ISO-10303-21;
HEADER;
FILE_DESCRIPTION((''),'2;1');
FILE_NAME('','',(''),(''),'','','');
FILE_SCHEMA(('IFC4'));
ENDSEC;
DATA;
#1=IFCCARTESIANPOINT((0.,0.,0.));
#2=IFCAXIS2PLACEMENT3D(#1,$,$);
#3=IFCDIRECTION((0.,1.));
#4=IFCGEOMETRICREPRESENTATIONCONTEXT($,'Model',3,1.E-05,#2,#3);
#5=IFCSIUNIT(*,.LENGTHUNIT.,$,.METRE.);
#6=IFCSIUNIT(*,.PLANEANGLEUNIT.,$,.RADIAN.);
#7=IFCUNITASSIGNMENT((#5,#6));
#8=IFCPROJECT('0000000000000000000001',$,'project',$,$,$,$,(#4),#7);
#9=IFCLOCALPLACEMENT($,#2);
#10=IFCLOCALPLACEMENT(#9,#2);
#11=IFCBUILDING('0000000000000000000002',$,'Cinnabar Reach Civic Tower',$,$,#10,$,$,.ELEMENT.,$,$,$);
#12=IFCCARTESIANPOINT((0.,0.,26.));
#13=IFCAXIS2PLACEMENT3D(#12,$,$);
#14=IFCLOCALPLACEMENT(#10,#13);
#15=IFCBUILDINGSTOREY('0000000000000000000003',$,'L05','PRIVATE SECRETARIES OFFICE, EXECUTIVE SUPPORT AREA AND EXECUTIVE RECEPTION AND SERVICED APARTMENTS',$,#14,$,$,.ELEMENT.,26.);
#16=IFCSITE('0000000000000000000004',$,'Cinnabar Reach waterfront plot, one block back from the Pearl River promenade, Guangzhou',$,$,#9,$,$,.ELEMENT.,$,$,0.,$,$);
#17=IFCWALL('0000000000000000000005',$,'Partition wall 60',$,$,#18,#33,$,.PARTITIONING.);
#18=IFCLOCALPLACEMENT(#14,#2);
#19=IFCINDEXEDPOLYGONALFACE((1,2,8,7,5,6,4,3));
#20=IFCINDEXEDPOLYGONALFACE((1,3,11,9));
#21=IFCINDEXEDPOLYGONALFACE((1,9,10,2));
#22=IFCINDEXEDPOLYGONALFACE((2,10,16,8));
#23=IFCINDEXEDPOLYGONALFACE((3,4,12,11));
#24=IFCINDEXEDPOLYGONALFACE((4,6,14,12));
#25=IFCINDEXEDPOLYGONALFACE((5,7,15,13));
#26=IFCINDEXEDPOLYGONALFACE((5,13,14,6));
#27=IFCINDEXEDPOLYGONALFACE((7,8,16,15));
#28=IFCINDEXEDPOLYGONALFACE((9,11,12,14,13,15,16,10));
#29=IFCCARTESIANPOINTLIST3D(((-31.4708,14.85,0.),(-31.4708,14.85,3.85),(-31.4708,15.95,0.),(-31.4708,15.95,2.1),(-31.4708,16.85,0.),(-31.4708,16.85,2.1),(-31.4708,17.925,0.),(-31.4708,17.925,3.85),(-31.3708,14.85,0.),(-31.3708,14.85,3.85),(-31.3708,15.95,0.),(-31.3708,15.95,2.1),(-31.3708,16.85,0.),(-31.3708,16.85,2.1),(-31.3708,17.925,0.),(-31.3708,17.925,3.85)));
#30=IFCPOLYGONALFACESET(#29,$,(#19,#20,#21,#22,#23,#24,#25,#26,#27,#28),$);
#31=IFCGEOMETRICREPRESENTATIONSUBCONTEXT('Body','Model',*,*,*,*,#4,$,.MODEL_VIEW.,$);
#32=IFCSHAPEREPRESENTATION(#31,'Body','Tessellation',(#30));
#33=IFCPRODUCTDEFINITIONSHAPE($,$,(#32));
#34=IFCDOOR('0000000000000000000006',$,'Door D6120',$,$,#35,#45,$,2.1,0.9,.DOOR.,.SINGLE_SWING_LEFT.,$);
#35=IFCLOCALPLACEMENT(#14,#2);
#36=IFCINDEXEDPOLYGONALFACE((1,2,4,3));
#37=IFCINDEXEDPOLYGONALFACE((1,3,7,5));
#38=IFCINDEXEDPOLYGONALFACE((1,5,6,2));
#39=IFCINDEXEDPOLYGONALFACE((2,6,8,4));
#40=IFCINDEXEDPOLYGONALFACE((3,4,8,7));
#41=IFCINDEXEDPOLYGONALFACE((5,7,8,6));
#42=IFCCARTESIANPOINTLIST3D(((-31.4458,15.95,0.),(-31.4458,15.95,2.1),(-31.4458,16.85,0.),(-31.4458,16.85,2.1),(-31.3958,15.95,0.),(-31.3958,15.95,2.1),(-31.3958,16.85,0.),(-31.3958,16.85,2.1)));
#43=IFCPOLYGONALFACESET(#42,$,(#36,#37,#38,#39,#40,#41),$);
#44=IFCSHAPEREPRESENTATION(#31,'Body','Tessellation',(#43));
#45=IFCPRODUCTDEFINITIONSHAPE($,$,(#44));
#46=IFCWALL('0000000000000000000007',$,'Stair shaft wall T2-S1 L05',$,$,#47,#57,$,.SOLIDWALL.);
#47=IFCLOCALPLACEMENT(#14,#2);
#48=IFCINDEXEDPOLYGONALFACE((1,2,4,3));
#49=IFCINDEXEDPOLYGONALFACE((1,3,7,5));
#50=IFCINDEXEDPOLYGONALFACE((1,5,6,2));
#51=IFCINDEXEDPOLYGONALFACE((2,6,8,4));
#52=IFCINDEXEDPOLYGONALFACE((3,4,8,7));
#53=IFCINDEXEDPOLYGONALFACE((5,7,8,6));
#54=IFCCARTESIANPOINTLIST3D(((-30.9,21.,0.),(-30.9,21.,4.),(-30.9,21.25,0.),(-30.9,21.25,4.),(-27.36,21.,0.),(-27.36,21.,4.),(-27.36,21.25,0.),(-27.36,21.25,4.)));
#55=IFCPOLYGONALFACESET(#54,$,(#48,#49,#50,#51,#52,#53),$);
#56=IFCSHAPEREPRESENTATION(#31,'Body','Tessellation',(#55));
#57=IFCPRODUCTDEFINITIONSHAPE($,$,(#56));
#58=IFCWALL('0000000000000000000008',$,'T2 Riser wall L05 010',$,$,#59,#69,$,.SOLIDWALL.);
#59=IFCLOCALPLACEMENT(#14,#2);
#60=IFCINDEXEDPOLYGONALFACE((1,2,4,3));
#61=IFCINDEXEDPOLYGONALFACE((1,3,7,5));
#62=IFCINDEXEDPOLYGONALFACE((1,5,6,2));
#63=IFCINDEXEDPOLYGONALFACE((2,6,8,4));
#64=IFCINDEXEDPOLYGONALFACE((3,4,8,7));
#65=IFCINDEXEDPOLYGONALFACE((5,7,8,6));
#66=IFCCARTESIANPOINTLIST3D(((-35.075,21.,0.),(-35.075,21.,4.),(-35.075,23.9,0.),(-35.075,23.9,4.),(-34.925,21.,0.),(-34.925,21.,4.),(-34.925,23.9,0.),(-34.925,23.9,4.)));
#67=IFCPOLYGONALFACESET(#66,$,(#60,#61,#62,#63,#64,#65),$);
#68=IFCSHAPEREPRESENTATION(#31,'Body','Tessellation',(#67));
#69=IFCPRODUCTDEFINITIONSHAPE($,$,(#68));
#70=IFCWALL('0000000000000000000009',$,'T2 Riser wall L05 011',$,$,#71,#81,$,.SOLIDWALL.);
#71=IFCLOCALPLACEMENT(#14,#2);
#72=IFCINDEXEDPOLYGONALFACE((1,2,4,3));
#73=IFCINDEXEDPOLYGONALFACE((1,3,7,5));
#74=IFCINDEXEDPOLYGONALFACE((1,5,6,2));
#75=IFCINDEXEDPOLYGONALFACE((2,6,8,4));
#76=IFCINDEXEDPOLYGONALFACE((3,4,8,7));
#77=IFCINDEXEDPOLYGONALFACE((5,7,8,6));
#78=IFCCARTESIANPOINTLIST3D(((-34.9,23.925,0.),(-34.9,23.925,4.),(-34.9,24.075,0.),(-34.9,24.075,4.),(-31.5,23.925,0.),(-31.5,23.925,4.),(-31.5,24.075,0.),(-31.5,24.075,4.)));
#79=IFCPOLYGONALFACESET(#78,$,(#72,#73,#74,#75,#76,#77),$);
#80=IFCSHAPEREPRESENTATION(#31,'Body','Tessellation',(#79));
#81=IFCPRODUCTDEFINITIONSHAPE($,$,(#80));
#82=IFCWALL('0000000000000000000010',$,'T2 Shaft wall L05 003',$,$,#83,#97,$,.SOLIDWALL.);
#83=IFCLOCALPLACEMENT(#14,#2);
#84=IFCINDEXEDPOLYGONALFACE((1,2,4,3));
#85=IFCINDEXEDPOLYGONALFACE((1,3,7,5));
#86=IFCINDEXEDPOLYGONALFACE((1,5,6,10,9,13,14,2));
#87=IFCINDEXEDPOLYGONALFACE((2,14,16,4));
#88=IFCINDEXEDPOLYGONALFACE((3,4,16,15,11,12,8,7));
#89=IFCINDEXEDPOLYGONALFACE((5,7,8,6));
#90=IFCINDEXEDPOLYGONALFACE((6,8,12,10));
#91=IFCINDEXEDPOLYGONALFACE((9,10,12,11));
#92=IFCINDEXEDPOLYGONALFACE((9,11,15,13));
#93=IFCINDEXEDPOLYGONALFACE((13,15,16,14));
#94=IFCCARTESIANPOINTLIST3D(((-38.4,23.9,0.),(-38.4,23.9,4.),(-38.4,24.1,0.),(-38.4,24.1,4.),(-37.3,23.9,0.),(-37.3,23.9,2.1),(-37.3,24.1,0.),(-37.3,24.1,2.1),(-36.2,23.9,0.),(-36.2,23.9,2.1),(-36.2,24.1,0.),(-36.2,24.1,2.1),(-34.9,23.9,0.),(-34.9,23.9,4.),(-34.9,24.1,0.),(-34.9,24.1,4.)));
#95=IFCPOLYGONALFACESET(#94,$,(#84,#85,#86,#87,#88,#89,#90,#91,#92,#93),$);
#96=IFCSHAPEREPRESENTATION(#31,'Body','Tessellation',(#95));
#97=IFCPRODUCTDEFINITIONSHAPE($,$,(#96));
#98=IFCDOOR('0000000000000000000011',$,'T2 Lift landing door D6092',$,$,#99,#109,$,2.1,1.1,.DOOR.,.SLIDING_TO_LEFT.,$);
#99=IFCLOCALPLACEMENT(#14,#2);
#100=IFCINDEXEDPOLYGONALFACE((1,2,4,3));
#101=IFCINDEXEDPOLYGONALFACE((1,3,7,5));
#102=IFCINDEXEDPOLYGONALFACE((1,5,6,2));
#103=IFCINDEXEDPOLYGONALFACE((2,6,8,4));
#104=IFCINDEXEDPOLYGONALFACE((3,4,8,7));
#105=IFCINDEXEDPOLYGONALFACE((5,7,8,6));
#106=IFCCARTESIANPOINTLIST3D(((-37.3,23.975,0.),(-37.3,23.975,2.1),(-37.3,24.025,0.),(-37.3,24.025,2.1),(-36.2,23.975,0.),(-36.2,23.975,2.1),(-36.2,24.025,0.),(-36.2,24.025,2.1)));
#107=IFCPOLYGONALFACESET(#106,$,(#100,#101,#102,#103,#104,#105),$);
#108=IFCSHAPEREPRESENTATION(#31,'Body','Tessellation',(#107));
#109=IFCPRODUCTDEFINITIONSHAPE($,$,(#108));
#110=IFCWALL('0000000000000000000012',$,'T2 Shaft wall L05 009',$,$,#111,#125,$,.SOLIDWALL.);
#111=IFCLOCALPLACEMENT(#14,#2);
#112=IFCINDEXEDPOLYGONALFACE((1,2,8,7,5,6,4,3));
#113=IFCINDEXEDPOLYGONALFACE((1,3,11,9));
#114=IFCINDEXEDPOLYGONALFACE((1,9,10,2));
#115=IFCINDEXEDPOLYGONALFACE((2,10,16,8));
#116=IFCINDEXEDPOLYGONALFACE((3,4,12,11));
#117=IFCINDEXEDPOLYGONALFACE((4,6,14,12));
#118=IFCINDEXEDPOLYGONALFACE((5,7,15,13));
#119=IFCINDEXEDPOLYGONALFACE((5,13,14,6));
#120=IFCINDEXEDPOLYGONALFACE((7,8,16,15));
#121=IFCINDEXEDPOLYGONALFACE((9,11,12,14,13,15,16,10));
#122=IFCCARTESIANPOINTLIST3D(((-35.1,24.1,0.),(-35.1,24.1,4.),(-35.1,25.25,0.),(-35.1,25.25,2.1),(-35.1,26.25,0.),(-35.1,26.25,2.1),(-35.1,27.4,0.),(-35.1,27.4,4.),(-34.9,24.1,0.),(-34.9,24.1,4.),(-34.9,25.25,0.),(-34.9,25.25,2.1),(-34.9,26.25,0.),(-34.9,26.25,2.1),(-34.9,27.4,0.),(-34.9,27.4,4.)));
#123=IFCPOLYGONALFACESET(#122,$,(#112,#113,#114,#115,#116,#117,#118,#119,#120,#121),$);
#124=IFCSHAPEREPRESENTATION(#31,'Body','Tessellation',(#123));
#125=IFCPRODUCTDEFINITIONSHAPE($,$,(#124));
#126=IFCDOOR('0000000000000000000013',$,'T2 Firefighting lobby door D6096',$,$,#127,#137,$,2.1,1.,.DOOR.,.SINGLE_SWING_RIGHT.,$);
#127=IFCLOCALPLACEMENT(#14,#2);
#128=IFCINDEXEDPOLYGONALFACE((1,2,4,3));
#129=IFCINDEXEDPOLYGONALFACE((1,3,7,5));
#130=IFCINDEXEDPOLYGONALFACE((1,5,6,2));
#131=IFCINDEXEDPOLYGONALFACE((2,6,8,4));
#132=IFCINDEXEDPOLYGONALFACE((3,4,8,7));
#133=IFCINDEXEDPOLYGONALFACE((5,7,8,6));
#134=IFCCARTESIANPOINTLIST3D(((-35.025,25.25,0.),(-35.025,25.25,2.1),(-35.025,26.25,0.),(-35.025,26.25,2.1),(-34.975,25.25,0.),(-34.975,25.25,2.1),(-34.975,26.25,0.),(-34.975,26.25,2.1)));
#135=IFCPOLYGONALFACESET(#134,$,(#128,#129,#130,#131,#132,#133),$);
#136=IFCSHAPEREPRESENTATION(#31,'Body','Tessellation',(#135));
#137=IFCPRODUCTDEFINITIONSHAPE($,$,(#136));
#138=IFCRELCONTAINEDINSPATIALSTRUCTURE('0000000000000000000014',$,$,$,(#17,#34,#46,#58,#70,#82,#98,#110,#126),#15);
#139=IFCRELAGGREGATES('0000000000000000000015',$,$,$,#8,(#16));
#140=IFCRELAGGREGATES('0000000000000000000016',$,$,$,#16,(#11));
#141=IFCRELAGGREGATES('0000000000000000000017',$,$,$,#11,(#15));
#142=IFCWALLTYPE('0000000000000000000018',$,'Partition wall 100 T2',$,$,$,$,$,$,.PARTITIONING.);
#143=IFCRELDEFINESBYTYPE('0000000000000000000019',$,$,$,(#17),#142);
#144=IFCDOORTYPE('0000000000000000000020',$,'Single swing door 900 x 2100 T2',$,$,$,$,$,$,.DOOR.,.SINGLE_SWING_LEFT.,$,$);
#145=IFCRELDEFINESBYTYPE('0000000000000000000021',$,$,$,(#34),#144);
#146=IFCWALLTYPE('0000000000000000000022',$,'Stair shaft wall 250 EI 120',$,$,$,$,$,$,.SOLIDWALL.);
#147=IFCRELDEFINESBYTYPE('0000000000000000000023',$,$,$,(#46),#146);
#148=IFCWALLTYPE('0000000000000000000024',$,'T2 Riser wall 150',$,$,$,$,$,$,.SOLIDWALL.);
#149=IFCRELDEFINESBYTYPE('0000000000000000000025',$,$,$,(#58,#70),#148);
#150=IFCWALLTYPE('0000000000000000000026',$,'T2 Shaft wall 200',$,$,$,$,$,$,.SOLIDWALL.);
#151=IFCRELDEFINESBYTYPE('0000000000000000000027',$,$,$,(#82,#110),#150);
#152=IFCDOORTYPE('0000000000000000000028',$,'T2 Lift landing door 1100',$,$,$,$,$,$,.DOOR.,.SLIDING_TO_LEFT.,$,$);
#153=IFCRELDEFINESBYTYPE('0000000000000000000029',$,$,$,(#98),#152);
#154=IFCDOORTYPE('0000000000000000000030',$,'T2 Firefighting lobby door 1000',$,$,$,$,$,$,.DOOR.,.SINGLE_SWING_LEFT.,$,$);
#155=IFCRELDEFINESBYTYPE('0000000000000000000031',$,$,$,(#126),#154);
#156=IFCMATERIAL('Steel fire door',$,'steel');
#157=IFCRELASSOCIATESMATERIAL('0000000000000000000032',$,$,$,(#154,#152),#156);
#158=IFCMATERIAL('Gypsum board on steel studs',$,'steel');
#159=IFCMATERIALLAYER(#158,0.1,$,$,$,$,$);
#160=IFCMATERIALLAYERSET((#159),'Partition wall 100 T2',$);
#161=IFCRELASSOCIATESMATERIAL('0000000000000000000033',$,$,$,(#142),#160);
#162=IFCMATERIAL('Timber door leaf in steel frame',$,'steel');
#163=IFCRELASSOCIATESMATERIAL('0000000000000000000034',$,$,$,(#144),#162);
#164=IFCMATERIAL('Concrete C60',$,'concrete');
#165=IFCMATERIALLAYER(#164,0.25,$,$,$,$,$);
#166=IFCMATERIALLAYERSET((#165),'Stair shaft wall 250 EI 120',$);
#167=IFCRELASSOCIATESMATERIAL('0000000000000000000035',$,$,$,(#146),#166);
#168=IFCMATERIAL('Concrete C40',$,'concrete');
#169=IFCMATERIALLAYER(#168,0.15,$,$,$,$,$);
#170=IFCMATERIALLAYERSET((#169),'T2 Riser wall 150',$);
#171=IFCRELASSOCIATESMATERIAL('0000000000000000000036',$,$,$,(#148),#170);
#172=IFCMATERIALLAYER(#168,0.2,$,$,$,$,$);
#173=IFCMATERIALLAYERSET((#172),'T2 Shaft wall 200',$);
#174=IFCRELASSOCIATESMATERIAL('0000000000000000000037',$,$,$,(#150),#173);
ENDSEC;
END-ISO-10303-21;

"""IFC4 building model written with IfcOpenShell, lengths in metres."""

from ifc_helpers import new_model, si_unit, direction, frame, frame_2d, origin, place, context, subcontext, project, spatial, rectangle, extrude, material, layer, layer_set, type_object, element, fill, save


model = new_model("IFC4")

# Units and contexts
model_context = context("Model", 3, precision=1e-05, world=origin(), true_north=direction((0.0, 1.0)))
body_context = subcontext(model_context, "Body", "Model", "MODEL_VIEW")
ifc_project = project(units=[si_unit("LENGTHUNIT", "METRE"), si_unit("PLANEANGLEUNIT", "RADIAN")], contexts=[model_context])

# Site, building, storey
site_placement = place(None, origin())
site = spatial("IfcSite", under=ifc_project, at=site_placement, Name="Cinnabar Reach waterfront plot, one block back from the Pearl River promenade, Guangzhou", CompositionType="ELEMENT", RefElevation=0.0)
building_placement = place(site_placement, origin())
building = spatial("IfcBuilding", under=site, at=building_placement, Name="Cinnabar Reach Civic Tower", CompositionType="ELEMENT")
storey_placement = place(building_placement, frame((0.0, 0.0, 26.0)))
storey = spatial("IfcBuildingStorey", under=building, at=storey_placement, Name="L05", Description="PRIVATE SECRETARIES OFFICE, EXECUTIVE SUPPORT AREA AND EXECUTIVE RECEPTION AND SERVICED APARTMENTS", CompositionType="ELEMENT", Elevation=26.0)

# Wall, opening, door
ifc_material_1 = material(Name="Steel fire door", Category="steel")
door_type_1 = type_object("IfcDoorType", Name="T2 Firefighting lobby door 1000", OperationType="SINGLE_SWING_LEFT", PredefinedType="DOOR", material=ifc_material_1)
ifc_material_2 = material(Name="Gypsum board on steel studs", Category="steel")
ifc_layer_1 = layer(ifc_material_2, 0.1)
ifc_layer_set_1 = layer_set([ifc_layer_1], Name="Partition wall 100 T2")
wall_type_1 = type_object("IfcWallType", Name="Partition wall 100 T2", PredefinedType="PARTITIONING", material=ifc_layer_set_1)
ifc_material_3 = material(Name="Timber door leaf in steel frame", Category="steel")
door_type_2 = type_object("IfcDoorType", Name="Single swing door 900 x 2100 T2", OperationType="SINGLE_SWING_LEFT", PredefinedType="DOOR", material=ifc_material_3)
wall_1_placement = place(storey_placement, frame((-31.4208, 14.85, 0.0), z_axis=(0.0, 0.0, 1.0), x_axis=(0.0, 1.0, 0.0)))
wall_1 = element("IfcWall", 1, at=wall_1_placement, inside=storey, type_object=wall_type_1, Name="Partition wall 60", PredefinedType="PARTITIONING", context=body_context, shape_type="SweptSolid", body=[
    extrude(rectangle(XDim=3.075, YDim=0.1, at=frame_2d((1.5375, 0.0))), origin(), (0.0, 0.0, 1.0), 3.85),
])
opening_1_placement = place(wall_1_placement, frame((1.1, 0.0, 0.0)))
opening_1 = element("IfcOpeningElement", 2, at=opening_1_placement, cuts=wall_1, PredefinedType="OPENING", context=body_context, shape_type="SweptSolid", body=[
    extrude(rectangle(XDim=0.9, YDim=2.1, at=frame_2d((0.45, 1.05))), frame((0.0, 0.06, 0.0), z_axis=(0.0, -1.0, 0.0), x_axis=(1.0, 0.0, 0.0)), (0.0, 0.0, 1.0), 0.12),
])
door_1_placement = place(opening_1_placement, origin())
door_1 = element("IfcDoor", 3, at=door_1_placement, inside=storey, type_object=door_type_2, Name="Door D6120", OperationType="SINGLE_SWING_LEFT", OverallHeight=2.1, OverallWidth=0.9, PredefinedType="DOOR", context=body_context, shape_type="SweptSolid", body=[
    extrude(rectangle(XDim=0.9, YDim=2.1, at=frame_2d((0.45, 1.05))), frame((0.0, 0.025, 0.0), z_axis=(0.0, -1.0, 0.0), x_axis=(1.0, 0.0, 0.0)), (0.0, 0.0, 1.0), 0.05),
])
fill(opening_1, door_1)

# Walls
ifc_material_4 = material(Name="Concrete C60", Category="concrete")
ifc_layer_2 = layer(ifc_material_4, 0.25)
ifc_layer_set_2 = layer_set([ifc_layer_2], Name="Stair shaft wall 250 EI 120")
wall_type_2 = type_object("IfcWallType", Name="Stair shaft wall 250 EI 120", PredefinedType="SOLIDWALL", material=ifc_layer_set_2)
wall_2_placement = place(storey_placement, frame((-30.9, 21.125, 0.0), z_axis=(0.0, 0.0, 1.0), x_axis=(1.0, 0.0, 0.0)))
element("IfcWall", 4, at=wall_2_placement, inside=storey, type_object=wall_type_2, Name="Stair shaft wall T2-S1 L05", PredefinedType="SOLIDWALL", context=body_context, shape_type="SweptSolid", body=[
    extrude(rectangle(XDim=3.54, YDim=0.25, at=frame_2d((1.77, 0.0))), origin(), (0.0, 0.0, 1.0), 4.0),
])
ifc_material_5 = material(Name="Concrete C40", Category="concrete")
ifc_layer_3 = layer(ifc_material_5, 0.15)
ifc_layer_set_3 = layer_set([ifc_layer_3], Name="T2 Riser wall 150")
wall_type_3 = type_object("IfcWallType", Name="T2 Riser wall 150", PredefinedType="SOLIDWALL", material=ifc_layer_set_3)
wall_3_placement = place(storey_placement, frame((-35.0, 21.0, 0.0), z_axis=(0.0, 0.0, 1.0), x_axis=(0.0, 1.0, 0.0)))
element("IfcWall", 5, at=wall_3_placement, inside=storey, type_object=wall_type_3, Name="T2 Riser wall L05 010", PredefinedType="SOLIDWALL", context=body_context, shape_type="SweptSolid", body=[
    extrude(rectangle(XDim=2.9, YDim=0.15, at=frame_2d((1.45, 0.0))), origin(), (0.0, 0.0, 1.0), 4.0),
])
wall_4_placement = place(storey_placement, frame((-31.5, 24.0, 0.0), z_axis=(0.0, 0.0, 1.0), x_axis=(-1.0, 0.0, 0.0)))
element("IfcWall", 6, at=wall_4_placement, inside=storey, type_object=wall_type_3, Name="T2 Riser wall L05 011", PredefinedType="SOLIDWALL", context=body_context, shape_type="SweptSolid", body=[
    extrude(rectangle(XDim=3.4, YDim=0.15, at=frame_2d((1.7, 0.0))), origin(), (0.0, 0.0, 1.0), 4.0),
])

# Walls, openings, doors
ifc_layer_4 = layer(ifc_material_5, 0.2)
ifc_layer_set_4 = layer_set([ifc_layer_4], Name="T2 Shaft wall 200")
wall_type_4 = type_object("IfcWallType", Name="T2 Shaft wall 200", PredefinedType="SOLIDWALL", material=ifc_layer_set_4)
wall_5_placement = place(storey_placement, frame((-34.9, 24.0, 0.0), z_axis=(0.0, 0.0, 1.0), x_axis=(-1.0, 0.0, 0.0)))
wall_5 = element("IfcWall", 7, at=wall_5_placement, inside=storey, type_object=wall_type_4, Name="T2 Shaft wall L05 003", PredefinedType="SOLIDWALL", context=body_context, shape_type="SweptSolid", body=[
    extrude(rectangle(XDim=3.5, YDim=0.2, at=frame_2d((1.75, 0.0))), origin(), (0.0, 0.0, 1.0), 4.0),
])
opening_2_placement = place(wall_5_placement, frame((1.3, 0.0, 0.0)))
opening_2 = element("IfcOpeningElement", 8, at=opening_2_placement, cuts=wall_5, PredefinedType="OPENING", context=body_context, shape_type="SweptSolid", body=[
    extrude(rectangle(XDim=1.1, YDim=2.1, at=frame_2d((0.55, 1.05))), frame((0.0, 0.11, 0.0), z_axis=(0.0, -1.0, 0.0), x_axis=(1.0, 0.0, 0.0)), (0.0, 0.0, 1.0), 0.22),
])
door_type_3 = type_object("IfcDoorType", Name="T2 Lift landing door 1100", OperationType="SLIDING_TO_LEFT", PredefinedType="DOOR", material=ifc_material_1)
door_2_placement = place(opening_2_placement, origin())
door_2 = element("IfcDoor", 9, at=door_2_placement, inside=storey, type_object=door_type_3, Name="T2 Lift landing door D6092", OperationType="SLIDING_TO_LEFT", OverallHeight=2.1, OverallWidth=1.1, PredefinedType="DOOR", context=body_context, shape_type="SweptSolid", body=[
    extrude(rectangle(XDim=1.1, YDim=2.1, at=frame_2d((0.55, 1.05))), frame((0.0, 0.025, 0.0), z_axis=(0.0, -1.0, 0.0), x_axis=(1.0, 0.0, 0.0)), (0.0, 0.0, 1.0), 0.05),
])
fill(opening_2, door_2)
wall_6_placement = place(storey_placement, frame((-35.0, 24.1, 0.0), z_axis=(0.0, 0.0, 1.0), x_axis=(0.0, 1.0, 0.0)))
wall_6 = element("IfcWall", 10, at=wall_6_placement, inside=storey, type_object=wall_type_4, Name="T2 Shaft wall L05 009", PredefinedType="SOLIDWALL", context=body_context, shape_type="SweptSolid", body=[
    extrude(rectangle(XDim=3.3, YDim=0.2, at=frame_2d((1.65, 0.0))), origin(), (0.0, 0.0, 1.0), 4.0),
])
opening_3_placement = place(wall_6_placement, frame((1.15, 0.0, 0.0)))
opening_3 = element("IfcOpeningElement", 11, at=opening_3_placement, cuts=wall_6, PredefinedType="OPENING", context=body_context, shape_type="SweptSolid", body=[
    extrude(rectangle(XDim=1.0, YDim=2.1, at=frame_2d((0.5, 1.05))), frame((0.0, 0.11, 0.0), z_axis=(0.0, -1.0, 0.0), x_axis=(1.0, 0.0, 0.0)), (0.0, 0.0, 1.0), 0.22),
])
door_3_placement = place(opening_3_placement, origin())
door_3 = element("IfcDoor", 12, at=door_3_placement, inside=storey, type_object=door_type_1, Name="T2 Firefighting lobby door D6096", OperationType="SINGLE_SWING_RIGHT", OverallHeight=2.1, OverallWidth=1.0, PredefinedType="DOOR", context=body_context, shape_type="SweptSolid", body=[
    extrude(rectangle(XDim=1.0, YDim=2.1, at=frame_2d((0.5, 1.05))), frame((0.0, 0.025, 0.0), z_axis=(0.0, -1.0, 0.0), x_axis=(1.0, 0.0, 0.0)), (0.0, 0.0, 1.0), 0.05),
])
fill(opening_3, door_3)

save(model, "model.ifc")
